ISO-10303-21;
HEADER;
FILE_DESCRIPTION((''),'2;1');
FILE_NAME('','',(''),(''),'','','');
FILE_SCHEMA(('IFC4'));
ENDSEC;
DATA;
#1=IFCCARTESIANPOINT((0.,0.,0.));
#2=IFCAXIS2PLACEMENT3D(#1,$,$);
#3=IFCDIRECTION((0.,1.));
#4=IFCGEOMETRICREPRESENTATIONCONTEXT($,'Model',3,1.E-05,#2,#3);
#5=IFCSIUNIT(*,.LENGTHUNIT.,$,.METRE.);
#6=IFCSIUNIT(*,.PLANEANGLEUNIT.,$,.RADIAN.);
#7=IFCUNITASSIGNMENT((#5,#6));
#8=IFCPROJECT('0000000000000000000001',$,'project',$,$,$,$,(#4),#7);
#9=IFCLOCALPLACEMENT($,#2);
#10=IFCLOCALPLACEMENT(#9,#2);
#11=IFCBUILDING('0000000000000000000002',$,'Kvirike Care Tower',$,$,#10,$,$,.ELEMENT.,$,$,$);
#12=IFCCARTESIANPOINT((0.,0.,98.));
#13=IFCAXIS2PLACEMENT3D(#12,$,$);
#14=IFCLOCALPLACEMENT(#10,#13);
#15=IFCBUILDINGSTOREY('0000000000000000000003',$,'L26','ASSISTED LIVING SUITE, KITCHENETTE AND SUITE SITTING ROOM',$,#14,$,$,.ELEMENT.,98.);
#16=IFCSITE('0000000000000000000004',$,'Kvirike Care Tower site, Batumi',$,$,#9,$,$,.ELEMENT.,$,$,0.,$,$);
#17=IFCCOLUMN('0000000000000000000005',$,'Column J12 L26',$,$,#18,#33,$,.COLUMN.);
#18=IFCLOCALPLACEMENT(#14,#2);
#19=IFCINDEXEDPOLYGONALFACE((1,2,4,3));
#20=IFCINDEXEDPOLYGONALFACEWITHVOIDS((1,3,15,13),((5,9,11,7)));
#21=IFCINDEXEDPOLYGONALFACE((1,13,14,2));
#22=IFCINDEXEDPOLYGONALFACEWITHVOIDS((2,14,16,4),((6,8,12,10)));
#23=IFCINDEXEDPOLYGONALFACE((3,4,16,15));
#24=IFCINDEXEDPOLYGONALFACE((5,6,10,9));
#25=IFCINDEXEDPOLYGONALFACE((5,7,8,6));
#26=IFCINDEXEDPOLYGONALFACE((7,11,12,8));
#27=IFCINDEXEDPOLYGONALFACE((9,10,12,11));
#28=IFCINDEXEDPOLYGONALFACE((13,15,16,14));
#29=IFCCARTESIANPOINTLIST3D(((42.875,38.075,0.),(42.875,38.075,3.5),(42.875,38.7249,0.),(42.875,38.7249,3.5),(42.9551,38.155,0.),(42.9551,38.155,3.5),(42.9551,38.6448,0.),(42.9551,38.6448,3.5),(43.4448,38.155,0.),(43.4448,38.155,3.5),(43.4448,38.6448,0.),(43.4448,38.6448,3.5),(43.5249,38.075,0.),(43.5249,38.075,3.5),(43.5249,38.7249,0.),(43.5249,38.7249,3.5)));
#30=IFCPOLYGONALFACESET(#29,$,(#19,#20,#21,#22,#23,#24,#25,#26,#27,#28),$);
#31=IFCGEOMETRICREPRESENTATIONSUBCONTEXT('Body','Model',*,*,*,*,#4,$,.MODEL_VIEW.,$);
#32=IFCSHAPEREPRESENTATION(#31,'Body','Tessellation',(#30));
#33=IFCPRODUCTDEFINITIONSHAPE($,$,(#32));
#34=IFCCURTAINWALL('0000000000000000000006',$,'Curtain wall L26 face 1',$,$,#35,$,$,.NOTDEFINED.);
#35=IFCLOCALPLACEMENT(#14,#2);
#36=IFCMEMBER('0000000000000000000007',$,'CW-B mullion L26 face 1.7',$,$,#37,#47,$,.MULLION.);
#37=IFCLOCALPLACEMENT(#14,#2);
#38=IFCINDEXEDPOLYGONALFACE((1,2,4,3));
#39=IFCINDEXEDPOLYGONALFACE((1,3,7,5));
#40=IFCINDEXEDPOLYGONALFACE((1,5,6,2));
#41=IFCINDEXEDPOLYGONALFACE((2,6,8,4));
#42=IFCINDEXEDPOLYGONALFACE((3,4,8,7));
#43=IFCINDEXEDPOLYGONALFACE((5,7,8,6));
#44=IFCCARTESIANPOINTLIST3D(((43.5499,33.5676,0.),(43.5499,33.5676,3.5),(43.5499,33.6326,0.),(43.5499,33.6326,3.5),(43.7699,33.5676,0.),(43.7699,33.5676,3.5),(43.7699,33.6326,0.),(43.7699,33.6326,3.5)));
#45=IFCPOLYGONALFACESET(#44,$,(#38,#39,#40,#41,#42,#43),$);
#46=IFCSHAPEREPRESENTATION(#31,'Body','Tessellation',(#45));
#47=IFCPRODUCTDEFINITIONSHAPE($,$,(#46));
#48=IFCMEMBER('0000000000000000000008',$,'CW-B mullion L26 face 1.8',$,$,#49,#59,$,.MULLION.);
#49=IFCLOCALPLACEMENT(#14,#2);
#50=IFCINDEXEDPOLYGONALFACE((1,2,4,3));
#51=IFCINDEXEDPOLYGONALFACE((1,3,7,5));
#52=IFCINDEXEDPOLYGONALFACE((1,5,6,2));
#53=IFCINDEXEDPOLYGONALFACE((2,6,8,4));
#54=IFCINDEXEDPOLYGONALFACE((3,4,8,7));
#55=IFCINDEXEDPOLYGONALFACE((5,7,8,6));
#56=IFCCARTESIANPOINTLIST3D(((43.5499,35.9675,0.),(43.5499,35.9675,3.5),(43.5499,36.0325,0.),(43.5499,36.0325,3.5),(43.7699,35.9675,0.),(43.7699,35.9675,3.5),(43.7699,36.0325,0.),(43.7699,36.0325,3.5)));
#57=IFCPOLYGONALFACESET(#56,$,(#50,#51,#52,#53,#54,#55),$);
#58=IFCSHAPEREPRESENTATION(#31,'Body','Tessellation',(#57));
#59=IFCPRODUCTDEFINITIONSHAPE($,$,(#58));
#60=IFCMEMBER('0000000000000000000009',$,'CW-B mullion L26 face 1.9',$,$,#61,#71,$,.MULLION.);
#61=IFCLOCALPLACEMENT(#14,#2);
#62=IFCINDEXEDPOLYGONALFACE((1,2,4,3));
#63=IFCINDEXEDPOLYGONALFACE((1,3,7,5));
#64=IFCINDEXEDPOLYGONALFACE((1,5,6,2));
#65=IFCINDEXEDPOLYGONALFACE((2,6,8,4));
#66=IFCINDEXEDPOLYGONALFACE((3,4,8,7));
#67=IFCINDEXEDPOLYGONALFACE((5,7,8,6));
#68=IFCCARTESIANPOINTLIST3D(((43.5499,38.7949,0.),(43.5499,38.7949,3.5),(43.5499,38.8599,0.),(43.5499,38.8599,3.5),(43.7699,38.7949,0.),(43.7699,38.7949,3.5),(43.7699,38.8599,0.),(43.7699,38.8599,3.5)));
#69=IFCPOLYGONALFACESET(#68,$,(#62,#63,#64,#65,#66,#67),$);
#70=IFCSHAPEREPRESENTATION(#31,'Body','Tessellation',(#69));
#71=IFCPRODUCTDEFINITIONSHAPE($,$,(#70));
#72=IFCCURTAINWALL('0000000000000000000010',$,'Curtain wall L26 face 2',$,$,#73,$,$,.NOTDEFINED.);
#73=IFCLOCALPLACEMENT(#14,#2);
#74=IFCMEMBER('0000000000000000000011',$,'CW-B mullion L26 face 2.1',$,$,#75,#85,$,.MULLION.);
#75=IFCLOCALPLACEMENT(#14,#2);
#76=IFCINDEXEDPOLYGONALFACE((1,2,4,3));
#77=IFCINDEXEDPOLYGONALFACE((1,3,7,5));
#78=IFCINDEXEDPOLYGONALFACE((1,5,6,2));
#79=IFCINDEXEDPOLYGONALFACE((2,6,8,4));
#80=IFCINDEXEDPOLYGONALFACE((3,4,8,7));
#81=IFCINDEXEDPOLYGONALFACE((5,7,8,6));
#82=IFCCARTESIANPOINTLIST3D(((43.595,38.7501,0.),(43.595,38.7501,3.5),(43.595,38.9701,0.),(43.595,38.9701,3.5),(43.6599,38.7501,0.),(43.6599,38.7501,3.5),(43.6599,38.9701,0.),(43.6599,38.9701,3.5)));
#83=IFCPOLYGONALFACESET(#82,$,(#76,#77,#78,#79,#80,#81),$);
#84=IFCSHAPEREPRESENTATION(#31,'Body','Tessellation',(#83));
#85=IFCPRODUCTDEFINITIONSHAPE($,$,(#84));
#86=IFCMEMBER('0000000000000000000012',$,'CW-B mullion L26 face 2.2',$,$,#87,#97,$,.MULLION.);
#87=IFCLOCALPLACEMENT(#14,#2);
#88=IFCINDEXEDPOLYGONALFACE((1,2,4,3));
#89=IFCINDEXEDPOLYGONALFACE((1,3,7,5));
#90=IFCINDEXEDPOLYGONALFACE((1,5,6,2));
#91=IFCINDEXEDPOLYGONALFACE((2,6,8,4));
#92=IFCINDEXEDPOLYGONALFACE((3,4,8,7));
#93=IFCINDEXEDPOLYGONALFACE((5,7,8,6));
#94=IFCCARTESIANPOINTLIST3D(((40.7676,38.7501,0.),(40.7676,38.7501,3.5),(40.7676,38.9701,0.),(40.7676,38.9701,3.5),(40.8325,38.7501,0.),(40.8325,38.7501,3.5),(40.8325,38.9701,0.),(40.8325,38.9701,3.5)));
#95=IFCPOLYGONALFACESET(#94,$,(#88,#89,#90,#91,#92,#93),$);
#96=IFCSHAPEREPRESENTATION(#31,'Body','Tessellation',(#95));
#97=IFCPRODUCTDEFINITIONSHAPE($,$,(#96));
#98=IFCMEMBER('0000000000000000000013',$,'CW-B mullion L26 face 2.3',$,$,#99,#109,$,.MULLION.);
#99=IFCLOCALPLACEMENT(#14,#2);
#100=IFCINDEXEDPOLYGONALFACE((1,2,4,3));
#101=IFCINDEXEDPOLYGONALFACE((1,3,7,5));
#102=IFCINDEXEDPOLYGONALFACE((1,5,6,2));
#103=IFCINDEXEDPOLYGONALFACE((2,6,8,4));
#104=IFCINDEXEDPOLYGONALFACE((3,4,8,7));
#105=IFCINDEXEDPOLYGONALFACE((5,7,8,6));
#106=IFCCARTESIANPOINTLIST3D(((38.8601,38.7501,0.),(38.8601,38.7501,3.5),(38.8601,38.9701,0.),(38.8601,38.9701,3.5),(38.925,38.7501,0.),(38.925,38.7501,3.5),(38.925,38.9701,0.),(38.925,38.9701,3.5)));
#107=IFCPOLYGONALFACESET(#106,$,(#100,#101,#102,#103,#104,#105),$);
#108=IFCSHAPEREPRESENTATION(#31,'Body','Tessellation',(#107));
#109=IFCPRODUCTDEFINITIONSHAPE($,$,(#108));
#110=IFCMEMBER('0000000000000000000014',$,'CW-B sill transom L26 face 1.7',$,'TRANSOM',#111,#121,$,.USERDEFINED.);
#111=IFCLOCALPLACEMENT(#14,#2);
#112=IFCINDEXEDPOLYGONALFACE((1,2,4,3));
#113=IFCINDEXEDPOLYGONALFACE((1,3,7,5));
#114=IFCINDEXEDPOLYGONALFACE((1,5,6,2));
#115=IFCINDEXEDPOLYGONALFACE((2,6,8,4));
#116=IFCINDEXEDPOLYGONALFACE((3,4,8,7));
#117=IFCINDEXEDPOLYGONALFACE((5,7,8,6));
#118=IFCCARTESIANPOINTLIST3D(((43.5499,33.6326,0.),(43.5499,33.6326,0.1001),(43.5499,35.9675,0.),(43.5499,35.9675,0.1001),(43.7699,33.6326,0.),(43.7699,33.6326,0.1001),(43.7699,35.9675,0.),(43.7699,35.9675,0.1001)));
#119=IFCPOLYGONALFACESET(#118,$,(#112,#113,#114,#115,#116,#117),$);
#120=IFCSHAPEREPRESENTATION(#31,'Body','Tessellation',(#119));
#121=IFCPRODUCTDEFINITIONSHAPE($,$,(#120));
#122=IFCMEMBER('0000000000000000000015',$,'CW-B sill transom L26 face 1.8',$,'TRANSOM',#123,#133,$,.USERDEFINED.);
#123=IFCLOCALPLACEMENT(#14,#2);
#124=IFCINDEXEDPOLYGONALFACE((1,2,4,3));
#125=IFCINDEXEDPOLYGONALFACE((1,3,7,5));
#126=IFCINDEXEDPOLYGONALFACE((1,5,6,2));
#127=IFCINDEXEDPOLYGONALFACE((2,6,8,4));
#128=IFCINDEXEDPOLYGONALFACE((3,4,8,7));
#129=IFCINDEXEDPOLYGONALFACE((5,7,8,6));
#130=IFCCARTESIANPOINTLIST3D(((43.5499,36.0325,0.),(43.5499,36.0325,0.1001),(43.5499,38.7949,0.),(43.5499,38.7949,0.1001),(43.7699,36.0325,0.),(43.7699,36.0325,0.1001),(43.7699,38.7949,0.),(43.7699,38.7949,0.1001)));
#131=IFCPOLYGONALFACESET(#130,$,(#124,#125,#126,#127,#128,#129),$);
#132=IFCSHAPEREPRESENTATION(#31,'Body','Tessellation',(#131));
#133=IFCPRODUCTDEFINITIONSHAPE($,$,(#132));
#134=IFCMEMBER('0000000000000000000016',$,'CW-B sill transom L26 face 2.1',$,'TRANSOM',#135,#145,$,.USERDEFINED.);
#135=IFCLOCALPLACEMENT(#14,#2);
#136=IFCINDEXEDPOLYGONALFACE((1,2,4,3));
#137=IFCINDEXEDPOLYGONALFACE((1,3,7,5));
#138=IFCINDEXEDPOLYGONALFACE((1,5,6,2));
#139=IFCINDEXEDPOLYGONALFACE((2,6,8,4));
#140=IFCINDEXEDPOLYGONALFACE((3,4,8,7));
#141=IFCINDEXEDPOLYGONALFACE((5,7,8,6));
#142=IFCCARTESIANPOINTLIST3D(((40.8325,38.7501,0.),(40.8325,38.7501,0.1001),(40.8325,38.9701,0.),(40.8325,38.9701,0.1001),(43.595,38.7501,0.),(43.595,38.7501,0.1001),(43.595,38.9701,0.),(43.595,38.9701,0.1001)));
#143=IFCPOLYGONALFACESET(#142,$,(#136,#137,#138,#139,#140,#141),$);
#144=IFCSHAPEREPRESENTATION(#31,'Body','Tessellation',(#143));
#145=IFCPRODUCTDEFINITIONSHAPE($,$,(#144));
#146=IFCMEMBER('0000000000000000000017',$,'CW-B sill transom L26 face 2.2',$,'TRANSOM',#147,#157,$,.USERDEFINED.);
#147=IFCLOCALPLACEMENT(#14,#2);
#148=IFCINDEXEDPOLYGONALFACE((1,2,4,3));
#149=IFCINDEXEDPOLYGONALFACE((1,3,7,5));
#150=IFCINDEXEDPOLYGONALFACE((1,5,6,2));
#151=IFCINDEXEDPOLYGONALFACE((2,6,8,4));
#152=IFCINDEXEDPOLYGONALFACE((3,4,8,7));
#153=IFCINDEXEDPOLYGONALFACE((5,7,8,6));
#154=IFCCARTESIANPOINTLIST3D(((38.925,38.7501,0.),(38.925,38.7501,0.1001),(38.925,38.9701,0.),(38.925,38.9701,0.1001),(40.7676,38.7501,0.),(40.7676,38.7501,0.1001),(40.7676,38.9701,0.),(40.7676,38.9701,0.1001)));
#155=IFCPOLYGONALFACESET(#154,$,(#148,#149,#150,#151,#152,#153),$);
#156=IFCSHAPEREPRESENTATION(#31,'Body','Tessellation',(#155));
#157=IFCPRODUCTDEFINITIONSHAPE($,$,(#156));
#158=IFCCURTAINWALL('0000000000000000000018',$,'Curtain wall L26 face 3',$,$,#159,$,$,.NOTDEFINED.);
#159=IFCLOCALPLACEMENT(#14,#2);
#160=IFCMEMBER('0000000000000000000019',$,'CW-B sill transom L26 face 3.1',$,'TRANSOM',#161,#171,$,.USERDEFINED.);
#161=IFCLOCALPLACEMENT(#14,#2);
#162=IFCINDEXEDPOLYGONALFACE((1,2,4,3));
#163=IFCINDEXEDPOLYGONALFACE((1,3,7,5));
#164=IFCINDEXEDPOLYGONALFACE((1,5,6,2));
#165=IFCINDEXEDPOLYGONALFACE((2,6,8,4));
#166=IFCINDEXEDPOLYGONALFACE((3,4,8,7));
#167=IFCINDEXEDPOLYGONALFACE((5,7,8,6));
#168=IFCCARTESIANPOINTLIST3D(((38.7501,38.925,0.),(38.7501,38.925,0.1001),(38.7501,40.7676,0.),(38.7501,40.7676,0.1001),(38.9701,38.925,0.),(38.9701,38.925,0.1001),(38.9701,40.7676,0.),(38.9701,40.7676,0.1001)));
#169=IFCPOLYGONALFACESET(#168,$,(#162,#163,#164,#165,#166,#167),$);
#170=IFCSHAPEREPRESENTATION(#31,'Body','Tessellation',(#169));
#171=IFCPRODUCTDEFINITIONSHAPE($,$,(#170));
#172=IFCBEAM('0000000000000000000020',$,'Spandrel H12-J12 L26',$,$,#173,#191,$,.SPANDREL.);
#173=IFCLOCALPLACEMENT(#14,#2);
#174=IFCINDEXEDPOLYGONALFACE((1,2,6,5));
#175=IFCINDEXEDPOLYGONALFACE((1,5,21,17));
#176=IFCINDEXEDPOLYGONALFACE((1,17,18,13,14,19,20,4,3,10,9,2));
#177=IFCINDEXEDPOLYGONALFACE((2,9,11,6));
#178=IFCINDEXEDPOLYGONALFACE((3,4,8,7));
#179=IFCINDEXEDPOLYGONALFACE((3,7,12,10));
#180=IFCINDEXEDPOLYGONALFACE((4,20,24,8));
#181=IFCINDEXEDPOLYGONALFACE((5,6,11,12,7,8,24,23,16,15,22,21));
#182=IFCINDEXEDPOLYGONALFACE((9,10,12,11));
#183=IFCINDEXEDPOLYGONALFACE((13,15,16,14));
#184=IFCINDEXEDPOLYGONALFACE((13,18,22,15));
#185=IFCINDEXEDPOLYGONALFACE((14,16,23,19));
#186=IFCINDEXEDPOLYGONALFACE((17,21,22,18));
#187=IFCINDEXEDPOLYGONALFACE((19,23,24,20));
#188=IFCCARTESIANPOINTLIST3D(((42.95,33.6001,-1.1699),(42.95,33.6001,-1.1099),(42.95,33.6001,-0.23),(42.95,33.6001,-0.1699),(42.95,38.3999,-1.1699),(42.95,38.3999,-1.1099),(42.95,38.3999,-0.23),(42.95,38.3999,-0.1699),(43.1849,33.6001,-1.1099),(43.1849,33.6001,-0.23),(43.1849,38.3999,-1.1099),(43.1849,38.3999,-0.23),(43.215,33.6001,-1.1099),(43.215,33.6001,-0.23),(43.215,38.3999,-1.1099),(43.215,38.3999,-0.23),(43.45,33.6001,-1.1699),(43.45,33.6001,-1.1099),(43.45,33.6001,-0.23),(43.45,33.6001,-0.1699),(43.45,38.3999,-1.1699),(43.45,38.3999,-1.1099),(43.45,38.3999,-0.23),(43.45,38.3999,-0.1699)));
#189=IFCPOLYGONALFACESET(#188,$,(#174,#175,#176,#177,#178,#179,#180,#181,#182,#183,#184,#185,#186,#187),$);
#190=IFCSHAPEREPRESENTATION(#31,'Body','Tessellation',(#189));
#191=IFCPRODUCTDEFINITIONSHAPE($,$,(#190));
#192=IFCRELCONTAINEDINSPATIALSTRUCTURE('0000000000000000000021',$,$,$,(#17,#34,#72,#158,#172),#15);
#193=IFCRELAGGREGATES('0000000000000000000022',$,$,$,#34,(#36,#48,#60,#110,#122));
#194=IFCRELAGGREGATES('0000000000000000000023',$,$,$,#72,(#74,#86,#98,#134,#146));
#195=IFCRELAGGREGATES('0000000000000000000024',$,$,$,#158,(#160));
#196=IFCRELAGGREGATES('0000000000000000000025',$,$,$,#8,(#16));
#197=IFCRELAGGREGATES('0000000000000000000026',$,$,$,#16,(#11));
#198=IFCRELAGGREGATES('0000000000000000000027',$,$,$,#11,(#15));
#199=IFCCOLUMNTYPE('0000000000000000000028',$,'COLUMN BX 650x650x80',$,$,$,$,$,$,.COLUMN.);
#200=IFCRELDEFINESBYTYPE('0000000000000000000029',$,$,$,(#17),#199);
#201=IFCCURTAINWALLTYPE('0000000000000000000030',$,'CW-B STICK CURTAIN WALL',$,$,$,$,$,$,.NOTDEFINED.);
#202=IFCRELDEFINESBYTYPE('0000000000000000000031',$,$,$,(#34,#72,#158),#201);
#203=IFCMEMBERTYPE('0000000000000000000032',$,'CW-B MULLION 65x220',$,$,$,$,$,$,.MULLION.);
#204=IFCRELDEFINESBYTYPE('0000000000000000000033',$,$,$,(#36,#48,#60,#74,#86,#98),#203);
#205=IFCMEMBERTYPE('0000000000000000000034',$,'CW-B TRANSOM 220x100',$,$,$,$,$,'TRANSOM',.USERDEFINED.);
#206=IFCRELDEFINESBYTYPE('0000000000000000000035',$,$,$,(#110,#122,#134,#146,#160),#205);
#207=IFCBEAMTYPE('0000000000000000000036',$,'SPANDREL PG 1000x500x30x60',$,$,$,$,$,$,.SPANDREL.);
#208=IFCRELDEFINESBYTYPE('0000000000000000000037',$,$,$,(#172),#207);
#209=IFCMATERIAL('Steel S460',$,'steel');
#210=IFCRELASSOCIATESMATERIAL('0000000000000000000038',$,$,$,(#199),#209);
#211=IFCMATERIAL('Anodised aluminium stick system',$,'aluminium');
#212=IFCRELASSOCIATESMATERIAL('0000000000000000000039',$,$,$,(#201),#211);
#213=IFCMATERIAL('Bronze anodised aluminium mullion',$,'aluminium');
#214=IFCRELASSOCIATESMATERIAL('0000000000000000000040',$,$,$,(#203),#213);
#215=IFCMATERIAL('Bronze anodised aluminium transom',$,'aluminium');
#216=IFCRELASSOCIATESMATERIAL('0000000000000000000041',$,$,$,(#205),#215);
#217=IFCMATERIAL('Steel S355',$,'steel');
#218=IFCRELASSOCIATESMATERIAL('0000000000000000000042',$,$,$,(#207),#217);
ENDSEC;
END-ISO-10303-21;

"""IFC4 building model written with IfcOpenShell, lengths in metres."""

from ifc_helpers import new_model, si_unit, direction, frame, origin, origin_2d, place, context, subcontext, project, spatial, rectangle, hollow_rectangle, i_section, extrude, material, material_profile, profile_set, type_object, element, aggregate, save


model = new_model("IFC4")

# Units and contexts
model_context = context("Model", 3, precision=1e-05, world=origin(), true_north=direction((0.0, 1.0)))
body_context = subcontext(model_context, "Body", "Model", "MODEL_VIEW")
ifc_project = project(units=[si_unit("LENGTHUNIT", "METRE"), si_unit("PLANEANGLEUNIT", "RADIAN")], contexts=[model_context])

# Site, building, storey
site_placement = place(None, origin())
site = spatial("IfcSite", under=ifc_project, at=site_placement, Name="Kvirike Care Tower site, Batumi", CompositionType="ELEMENT", RefElevation=0.0)
building_placement = place(site_placement, origin())
building = spatial("IfcBuilding", under=site, at=building_placement, Name="Kvirike Care Tower", CompositionType="ELEMENT")
storey_placement = place(building_placement, frame((0.0, 0.0, 98.0)))
storey = spatial("IfcBuildingStorey", under=building, at=storey_placement, Name="L26", Description="ASSISTED LIVING SUITE, KITCHENETTE AND SUITE SITTING ROOM", CompositionType="ELEMENT", Elevation=98.0)

# Column
ifc_material_1 = material(Name="Steel S460", Category="steel")
ifc_material_profile_1 = material_profile(ifc_material_1, hollow_rectangle(XDim=0.6499, YDim=0.6499, WallThickness=0.0801, at=origin_2d()), Name="BX 650x650x80")
ifc_profile_set_1 = profile_set([ifc_material_profile_1], Name="Steel S460")
column_type = type_object("IfcColumnType", Name="COLUMN BX 650x650x80", PredefinedType="COLUMN", material=ifc_profile_set_1)
column_placement = place(storey_placement, frame((43.2, 38.3999, 0.0), z_axis=(0.0, 0.0, 1.0), x_axis=(0.0, 1.0, 0.0)))
element("IfcColumn", 1, at=column_placement, inside=storey, type_object=column_type, Name="Column J12 L26", PredefinedType="COLUMN", context=body_context, shape_type="SweptSolid", body=[
    extrude(hollow_rectangle(XDim=0.6499, YDim=0.6499, WallThickness=0.0801, at=origin_2d()), origin(), (0.0, 0.0, 1.0), 3.5),
])

# Curtain walls, members
ifc_material_2 = material(Name="Anodised aluminium stick system", Category="aluminium")
curtain_wall_type = type_object("IfcCurtainWallType", Name="CW-B STICK CURTAIN WALL", PredefinedType="NOTDEFINED", material=ifc_material_2)
curtain_wall_1_placement = place(storey_placement, origin())
curtain_wall_1 = element("IfcCurtainWall", 2, at=curtain_wall_1_placement, inside=storey, type_object=curtain_wall_type, Name="Curtain wall L26 face 1", PredefinedType="NOTDEFINED")
ifc_material_3 = material(Name="Bronze anodised aluminium mullion", Category="aluminium")
ifc_material_profile_2 = material_profile(ifc_material_3, rectangle(XDim=0.0649, YDim=0.22, at=origin_2d()), Name="CW-B MULLION 65x220")
ifc_profile_set_2 = profile_set([ifc_material_profile_2], Name="Bronze anodised aluminium mullion")
member_type_1 = type_object("IfcMemberType", Name="CW-B MULLION 65x220", PredefinedType="MULLION", material=ifc_profile_set_2)
member_1_placement = place(storey_placement, frame((43.6599, 33.6001, 0.0), z_axis=(0.0, 0.0, 1.0), x_axis=(0.0, 1.0, 0.0)))
member_1 = element("IfcMember", 3, at=member_1_placement, type_object=member_type_1, Name="CW-B mullion L26 face 1.7", PredefinedType="MULLION", context=body_context, shape_type="SweptSolid", body=[
    extrude(rectangle(XDim=0.0649, YDim=0.22, at=origin_2d()), origin(), (0.0, 0.0, 1.0), 3.5),
])
member_2_placement = place(storey_placement, frame((43.6599, 36.0, 0.0), z_axis=(0.0, 0.0, 1.0), x_axis=(0.0, 1.0, 0.0)))
member_2 = element("IfcMember", 4, at=member_2_placement, type_object=member_type_1, Name="CW-B mullion L26 face 1.8", PredefinedType="MULLION", context=body_context, shape_type="SweptSolid", body=[
    extrude(rectangle(XDim=0.0649, YDim=0.22, at=origin_2d()), origin(), (0.0, 0.0, 1.0), 3.5),
])
member_3_placement = place(storey_placement, frame((43.6599, 38.8274, 0.0), z_axis=(0.0, 0.0, 1.0), x_axis=(0.0, 1.0, 0.0)))
member_3 = element("IfcMember", 5, at=member_3_placement, type_object=member_type_1, Name="CW-B mullion L26 face 1.9", PredefinedType="MULLION", context=body_context, shape_type="SweptSolid", body=[
    extrude(rectangle(XDim=0.0649, YDim=0.22, at=origin_2d()), origin(), (0.0, 0.0, 1.0), 3.5),
])
curtain_wall_2_placement = place(storey_placement, origin())
curtain_wall_2 = element("IfcCurtainWall", 6, at=curtain_wall_2_placement, inside=storey, type_object=curtain_wall_type, Name="Curtain wall L26 face 2", PredefinedType="NOTDEFINED")
member_4_placement = place(storey_placement, frame((43.6274, 38.8601, 0.0), z_axis=(0.0, 0.0, 1.0), x_axis=(-1.0, 0.0, 0.0)))
member_4 = element("IfcMember", 7, at=member_4_placement, type_object=member_type_1, Name="CW-B mullion L26 face 2.1", PredefinedType="MULLION", context=body_context, shape_type="SweptSolid", body=[
    extrude(rectangle(XDim=0.0649, YDim=0.22, at=origin_2d()), origin(), (0.0, 0.0, 1.0), 3.5),
])
member_5_placement = place(storey_placement, frame((40.8, 38.8601, 0.0), z_axis=(0.0, 0.0, 1.0), x_axis=(-1.0, 0.0, 0.0)))
member_5 = element("IfcMember", 8, at=member_5_placement, type_object=member_type_1, Name="CW-B mullion L26 face 2.2", PredefinedType="MULLION", context=body_context, shape_type="SweptSolid", body=[
    extrude(rectangle(XDim=0.0649, YDim=0.22, at=origin_2d()), origin(), (0.0, 0.0, 1.0), 3.5),
])
member_6_placement = place(storey_placement, frame((38.8926, 38.8601, 0.0), z_axis=(0.0, 0.0, 1.0), x_axis=(-1.0, 0.0, 0.0)))
member_6 = element("IfcMember", 9, at=member_6_placement, type_object=member_type_1, Name="CW-B mullion L26 face 2.3", PredefinedType="MULLION", context=body_context, shape_type="SweptSolid", body=[
    extrude(rectangle(XDim=0.0649, YDim=0.22, at=origin_2d()), origin(), (0.0, 0.0, 1.0), 3.5),
])

# Members
ifc_material_4 = material(Name="Bronze anodised aluminium transom", Category="aluminium")
ifc_material_profile_3 = material_profile(ifc_material_4, rectangle(XDim=0.22, YDim=0.1001, at=origin_2d()), Name="CW-B TRANSOM 220x100")
ifc_profile_set_3 = profile_set([ifc_material_profile_3], Name="Bronze anodised aluminium transom")
member_type_2 = type_object("IfcMemberType", Name="CW-B TRANSOM 220x100", ElementType="TRANSOM", PredefinedType="USERDEFINED", material=ifc_profile_set_3)
member_7_placement = place(storey_placement, frame((43.6599, 33.6326, 0.05), z_axis=(0.0, 1.0, 0.0), x_axis=(-1.0, 0.0, 0.0)))
member_7 = element("IfcMember", 10, at=member_7_placement, type_object=member_type_2, Name="CW-B sill transom L26 face 1.7", ObjectType="TRANSOM", PredefinedType="USERDEFINED", context=body_context, shape_type="SweptSolid", body=[
    extrude(rectangle(XDim=0.22, YDim=0.1001, at=origin_2d()), origin(), (0.0, 0.0, 1.0), 2.335),
])
member_8_placement = place(storey_placement, frame((43.6599, 36.0325, 0.05), z_axis=(0.0, 1.0, 0.0), x_axis=(-1.0, 0.0, 0.0)))
member_8 = element("IfcMember", 11, at=member_8_placement, type_object=member_type_2, Name="CW-B sill transom L26 face 1.8", ObjectType="TRANSOM", PredefinedType="USERDEFINED", context=body_context, shape_type="SweptSolid", body=[
    extrude(rectangle(XDim=0.22, YDim=0.1001, at=origin_2d()), origin(), (0.0, 0.0, 1.0), 2.7625),
])
member_9_placement = place(storey_placement, frame((43.595, 38.8601, 0.05), z_axis=(-1.0, 0.0, 0.0), x_axis=(0.0, -1.0, 0.0)))
member_9 = element("IfcMember", 12, at=member_9_placement, type_object=member_type_2, Name="CW-B sill transom L26 face 2.1", ObjectType="TRANSOM", PredefinedType="USERDEFINED", context=body_context, shape_type="SweptSolid", body=[
    extrude(rectangle(XDim=0.22, YDim=0.1001, at=origin_2d()), origin(), (0.0, 0.0, 1.0), 2.7625),
])
member_10_placement = place(storey_placement, frame((40.7676, 38.8601, 0.05), z_axis=(-1.0, 0.0, 0.0), x_axis=(0.0, -1.0, 0.0)))
member_10 = element("IfcMember", 13, at=member_10_placement, type_object=member_type_2, Name="CW-B sill transom L26 face 2.2", ObjectType="TRANSOM", PredefinedType="USERDEFINED", context=body_context, shape_type="SweptSolid", body=[
    extrude(rectangle(XDim=0.22, YDim=0.1001, at=origin_2d()), origin(), (0.0, 0.0, 1.0), 1.8425),
])

# Curtain wall, member
curtain_wall_3_placement = place(storey_placement, origin())
curtain_wall_3 = element("IfcCurtainWall", 14, at=curtain_wall_3_placement, inside=storey, type_object=curtain_wall_type, Name="Curtain wall L26 face 3", PredefinedType="NOTDEFINED")
member_11_placement = place(storey_placement, frame((38.8601, 38.925, 0.05), z_axis=(0.0, 1.0, 0.0), x_axis=(-1.0, 0.0, 0.0)))
member_11 = element("IfcMember", 15, at=member_11_placement, type_object=member_type_2, Name="CW-B sill transom L26 face 3.1", ObjectType="TRANSOM", PredefinedType="USERDEFINED", context=body_context, shape_type="SweptSolid", body=[
    extrude(rectangle(XDim=0.22, YDim=0.1001, at=origin_2d()), origin(), (0.0, 0.0, 1.0), 1.8425),
])

# Beam
ifc_material_5 = material(Name="Steel S355", Category="steel")
ifc_material_profile_4 = material_profile(ifc_material_5, i_section(OverallWidth=0.5, OverallDepth=1.0, WebThickness=0.03, FlangeThickness=0.0601, at=origin_2d()), Name="PG 1000x500x30x60")
ifc_profile_set_4 = profile_set([ifc_material_profile_4], Name="Steel S355")
beam_type = type_object("IfcBeamType", Name="SPANDREL PG 1000x500x30x60", PredefinedType="SPANDREL", material=ifc_profile_set_4)
beam_placement = place(storey_placement, frame((43.2, 33.6001, -0.6699), z_axis=(0.0, 1.0, 0.0), x_axis=(-1.0, 0.0, 0.0)))
element("IfcBeam", 16, at=beam_placement, inside=storey, type_object=beam_type, Name="Spandrel H12-J12 L26", PredefinedType="SPANDREL", context=body_context, shape_type="SweptSolid", body=[
    extrude(i_section(OverallWidth=0.5, OverallDepth=1.0, WebThickness=0.03, FlangeThickness=0.0601, at=origin_2d()), origin(), (0.0, 0.0, 1.0), 4.7998),
])

aggregate(curtain_wall_1, [member_1, member_2, member_3, member_7, member_8])
aggregate(curtain_wall_2, [member_4, member_5, member_6, member_9, member_10])
aggregate(curtain_wall_3, [member_11])

save(model, "model.ifc")
